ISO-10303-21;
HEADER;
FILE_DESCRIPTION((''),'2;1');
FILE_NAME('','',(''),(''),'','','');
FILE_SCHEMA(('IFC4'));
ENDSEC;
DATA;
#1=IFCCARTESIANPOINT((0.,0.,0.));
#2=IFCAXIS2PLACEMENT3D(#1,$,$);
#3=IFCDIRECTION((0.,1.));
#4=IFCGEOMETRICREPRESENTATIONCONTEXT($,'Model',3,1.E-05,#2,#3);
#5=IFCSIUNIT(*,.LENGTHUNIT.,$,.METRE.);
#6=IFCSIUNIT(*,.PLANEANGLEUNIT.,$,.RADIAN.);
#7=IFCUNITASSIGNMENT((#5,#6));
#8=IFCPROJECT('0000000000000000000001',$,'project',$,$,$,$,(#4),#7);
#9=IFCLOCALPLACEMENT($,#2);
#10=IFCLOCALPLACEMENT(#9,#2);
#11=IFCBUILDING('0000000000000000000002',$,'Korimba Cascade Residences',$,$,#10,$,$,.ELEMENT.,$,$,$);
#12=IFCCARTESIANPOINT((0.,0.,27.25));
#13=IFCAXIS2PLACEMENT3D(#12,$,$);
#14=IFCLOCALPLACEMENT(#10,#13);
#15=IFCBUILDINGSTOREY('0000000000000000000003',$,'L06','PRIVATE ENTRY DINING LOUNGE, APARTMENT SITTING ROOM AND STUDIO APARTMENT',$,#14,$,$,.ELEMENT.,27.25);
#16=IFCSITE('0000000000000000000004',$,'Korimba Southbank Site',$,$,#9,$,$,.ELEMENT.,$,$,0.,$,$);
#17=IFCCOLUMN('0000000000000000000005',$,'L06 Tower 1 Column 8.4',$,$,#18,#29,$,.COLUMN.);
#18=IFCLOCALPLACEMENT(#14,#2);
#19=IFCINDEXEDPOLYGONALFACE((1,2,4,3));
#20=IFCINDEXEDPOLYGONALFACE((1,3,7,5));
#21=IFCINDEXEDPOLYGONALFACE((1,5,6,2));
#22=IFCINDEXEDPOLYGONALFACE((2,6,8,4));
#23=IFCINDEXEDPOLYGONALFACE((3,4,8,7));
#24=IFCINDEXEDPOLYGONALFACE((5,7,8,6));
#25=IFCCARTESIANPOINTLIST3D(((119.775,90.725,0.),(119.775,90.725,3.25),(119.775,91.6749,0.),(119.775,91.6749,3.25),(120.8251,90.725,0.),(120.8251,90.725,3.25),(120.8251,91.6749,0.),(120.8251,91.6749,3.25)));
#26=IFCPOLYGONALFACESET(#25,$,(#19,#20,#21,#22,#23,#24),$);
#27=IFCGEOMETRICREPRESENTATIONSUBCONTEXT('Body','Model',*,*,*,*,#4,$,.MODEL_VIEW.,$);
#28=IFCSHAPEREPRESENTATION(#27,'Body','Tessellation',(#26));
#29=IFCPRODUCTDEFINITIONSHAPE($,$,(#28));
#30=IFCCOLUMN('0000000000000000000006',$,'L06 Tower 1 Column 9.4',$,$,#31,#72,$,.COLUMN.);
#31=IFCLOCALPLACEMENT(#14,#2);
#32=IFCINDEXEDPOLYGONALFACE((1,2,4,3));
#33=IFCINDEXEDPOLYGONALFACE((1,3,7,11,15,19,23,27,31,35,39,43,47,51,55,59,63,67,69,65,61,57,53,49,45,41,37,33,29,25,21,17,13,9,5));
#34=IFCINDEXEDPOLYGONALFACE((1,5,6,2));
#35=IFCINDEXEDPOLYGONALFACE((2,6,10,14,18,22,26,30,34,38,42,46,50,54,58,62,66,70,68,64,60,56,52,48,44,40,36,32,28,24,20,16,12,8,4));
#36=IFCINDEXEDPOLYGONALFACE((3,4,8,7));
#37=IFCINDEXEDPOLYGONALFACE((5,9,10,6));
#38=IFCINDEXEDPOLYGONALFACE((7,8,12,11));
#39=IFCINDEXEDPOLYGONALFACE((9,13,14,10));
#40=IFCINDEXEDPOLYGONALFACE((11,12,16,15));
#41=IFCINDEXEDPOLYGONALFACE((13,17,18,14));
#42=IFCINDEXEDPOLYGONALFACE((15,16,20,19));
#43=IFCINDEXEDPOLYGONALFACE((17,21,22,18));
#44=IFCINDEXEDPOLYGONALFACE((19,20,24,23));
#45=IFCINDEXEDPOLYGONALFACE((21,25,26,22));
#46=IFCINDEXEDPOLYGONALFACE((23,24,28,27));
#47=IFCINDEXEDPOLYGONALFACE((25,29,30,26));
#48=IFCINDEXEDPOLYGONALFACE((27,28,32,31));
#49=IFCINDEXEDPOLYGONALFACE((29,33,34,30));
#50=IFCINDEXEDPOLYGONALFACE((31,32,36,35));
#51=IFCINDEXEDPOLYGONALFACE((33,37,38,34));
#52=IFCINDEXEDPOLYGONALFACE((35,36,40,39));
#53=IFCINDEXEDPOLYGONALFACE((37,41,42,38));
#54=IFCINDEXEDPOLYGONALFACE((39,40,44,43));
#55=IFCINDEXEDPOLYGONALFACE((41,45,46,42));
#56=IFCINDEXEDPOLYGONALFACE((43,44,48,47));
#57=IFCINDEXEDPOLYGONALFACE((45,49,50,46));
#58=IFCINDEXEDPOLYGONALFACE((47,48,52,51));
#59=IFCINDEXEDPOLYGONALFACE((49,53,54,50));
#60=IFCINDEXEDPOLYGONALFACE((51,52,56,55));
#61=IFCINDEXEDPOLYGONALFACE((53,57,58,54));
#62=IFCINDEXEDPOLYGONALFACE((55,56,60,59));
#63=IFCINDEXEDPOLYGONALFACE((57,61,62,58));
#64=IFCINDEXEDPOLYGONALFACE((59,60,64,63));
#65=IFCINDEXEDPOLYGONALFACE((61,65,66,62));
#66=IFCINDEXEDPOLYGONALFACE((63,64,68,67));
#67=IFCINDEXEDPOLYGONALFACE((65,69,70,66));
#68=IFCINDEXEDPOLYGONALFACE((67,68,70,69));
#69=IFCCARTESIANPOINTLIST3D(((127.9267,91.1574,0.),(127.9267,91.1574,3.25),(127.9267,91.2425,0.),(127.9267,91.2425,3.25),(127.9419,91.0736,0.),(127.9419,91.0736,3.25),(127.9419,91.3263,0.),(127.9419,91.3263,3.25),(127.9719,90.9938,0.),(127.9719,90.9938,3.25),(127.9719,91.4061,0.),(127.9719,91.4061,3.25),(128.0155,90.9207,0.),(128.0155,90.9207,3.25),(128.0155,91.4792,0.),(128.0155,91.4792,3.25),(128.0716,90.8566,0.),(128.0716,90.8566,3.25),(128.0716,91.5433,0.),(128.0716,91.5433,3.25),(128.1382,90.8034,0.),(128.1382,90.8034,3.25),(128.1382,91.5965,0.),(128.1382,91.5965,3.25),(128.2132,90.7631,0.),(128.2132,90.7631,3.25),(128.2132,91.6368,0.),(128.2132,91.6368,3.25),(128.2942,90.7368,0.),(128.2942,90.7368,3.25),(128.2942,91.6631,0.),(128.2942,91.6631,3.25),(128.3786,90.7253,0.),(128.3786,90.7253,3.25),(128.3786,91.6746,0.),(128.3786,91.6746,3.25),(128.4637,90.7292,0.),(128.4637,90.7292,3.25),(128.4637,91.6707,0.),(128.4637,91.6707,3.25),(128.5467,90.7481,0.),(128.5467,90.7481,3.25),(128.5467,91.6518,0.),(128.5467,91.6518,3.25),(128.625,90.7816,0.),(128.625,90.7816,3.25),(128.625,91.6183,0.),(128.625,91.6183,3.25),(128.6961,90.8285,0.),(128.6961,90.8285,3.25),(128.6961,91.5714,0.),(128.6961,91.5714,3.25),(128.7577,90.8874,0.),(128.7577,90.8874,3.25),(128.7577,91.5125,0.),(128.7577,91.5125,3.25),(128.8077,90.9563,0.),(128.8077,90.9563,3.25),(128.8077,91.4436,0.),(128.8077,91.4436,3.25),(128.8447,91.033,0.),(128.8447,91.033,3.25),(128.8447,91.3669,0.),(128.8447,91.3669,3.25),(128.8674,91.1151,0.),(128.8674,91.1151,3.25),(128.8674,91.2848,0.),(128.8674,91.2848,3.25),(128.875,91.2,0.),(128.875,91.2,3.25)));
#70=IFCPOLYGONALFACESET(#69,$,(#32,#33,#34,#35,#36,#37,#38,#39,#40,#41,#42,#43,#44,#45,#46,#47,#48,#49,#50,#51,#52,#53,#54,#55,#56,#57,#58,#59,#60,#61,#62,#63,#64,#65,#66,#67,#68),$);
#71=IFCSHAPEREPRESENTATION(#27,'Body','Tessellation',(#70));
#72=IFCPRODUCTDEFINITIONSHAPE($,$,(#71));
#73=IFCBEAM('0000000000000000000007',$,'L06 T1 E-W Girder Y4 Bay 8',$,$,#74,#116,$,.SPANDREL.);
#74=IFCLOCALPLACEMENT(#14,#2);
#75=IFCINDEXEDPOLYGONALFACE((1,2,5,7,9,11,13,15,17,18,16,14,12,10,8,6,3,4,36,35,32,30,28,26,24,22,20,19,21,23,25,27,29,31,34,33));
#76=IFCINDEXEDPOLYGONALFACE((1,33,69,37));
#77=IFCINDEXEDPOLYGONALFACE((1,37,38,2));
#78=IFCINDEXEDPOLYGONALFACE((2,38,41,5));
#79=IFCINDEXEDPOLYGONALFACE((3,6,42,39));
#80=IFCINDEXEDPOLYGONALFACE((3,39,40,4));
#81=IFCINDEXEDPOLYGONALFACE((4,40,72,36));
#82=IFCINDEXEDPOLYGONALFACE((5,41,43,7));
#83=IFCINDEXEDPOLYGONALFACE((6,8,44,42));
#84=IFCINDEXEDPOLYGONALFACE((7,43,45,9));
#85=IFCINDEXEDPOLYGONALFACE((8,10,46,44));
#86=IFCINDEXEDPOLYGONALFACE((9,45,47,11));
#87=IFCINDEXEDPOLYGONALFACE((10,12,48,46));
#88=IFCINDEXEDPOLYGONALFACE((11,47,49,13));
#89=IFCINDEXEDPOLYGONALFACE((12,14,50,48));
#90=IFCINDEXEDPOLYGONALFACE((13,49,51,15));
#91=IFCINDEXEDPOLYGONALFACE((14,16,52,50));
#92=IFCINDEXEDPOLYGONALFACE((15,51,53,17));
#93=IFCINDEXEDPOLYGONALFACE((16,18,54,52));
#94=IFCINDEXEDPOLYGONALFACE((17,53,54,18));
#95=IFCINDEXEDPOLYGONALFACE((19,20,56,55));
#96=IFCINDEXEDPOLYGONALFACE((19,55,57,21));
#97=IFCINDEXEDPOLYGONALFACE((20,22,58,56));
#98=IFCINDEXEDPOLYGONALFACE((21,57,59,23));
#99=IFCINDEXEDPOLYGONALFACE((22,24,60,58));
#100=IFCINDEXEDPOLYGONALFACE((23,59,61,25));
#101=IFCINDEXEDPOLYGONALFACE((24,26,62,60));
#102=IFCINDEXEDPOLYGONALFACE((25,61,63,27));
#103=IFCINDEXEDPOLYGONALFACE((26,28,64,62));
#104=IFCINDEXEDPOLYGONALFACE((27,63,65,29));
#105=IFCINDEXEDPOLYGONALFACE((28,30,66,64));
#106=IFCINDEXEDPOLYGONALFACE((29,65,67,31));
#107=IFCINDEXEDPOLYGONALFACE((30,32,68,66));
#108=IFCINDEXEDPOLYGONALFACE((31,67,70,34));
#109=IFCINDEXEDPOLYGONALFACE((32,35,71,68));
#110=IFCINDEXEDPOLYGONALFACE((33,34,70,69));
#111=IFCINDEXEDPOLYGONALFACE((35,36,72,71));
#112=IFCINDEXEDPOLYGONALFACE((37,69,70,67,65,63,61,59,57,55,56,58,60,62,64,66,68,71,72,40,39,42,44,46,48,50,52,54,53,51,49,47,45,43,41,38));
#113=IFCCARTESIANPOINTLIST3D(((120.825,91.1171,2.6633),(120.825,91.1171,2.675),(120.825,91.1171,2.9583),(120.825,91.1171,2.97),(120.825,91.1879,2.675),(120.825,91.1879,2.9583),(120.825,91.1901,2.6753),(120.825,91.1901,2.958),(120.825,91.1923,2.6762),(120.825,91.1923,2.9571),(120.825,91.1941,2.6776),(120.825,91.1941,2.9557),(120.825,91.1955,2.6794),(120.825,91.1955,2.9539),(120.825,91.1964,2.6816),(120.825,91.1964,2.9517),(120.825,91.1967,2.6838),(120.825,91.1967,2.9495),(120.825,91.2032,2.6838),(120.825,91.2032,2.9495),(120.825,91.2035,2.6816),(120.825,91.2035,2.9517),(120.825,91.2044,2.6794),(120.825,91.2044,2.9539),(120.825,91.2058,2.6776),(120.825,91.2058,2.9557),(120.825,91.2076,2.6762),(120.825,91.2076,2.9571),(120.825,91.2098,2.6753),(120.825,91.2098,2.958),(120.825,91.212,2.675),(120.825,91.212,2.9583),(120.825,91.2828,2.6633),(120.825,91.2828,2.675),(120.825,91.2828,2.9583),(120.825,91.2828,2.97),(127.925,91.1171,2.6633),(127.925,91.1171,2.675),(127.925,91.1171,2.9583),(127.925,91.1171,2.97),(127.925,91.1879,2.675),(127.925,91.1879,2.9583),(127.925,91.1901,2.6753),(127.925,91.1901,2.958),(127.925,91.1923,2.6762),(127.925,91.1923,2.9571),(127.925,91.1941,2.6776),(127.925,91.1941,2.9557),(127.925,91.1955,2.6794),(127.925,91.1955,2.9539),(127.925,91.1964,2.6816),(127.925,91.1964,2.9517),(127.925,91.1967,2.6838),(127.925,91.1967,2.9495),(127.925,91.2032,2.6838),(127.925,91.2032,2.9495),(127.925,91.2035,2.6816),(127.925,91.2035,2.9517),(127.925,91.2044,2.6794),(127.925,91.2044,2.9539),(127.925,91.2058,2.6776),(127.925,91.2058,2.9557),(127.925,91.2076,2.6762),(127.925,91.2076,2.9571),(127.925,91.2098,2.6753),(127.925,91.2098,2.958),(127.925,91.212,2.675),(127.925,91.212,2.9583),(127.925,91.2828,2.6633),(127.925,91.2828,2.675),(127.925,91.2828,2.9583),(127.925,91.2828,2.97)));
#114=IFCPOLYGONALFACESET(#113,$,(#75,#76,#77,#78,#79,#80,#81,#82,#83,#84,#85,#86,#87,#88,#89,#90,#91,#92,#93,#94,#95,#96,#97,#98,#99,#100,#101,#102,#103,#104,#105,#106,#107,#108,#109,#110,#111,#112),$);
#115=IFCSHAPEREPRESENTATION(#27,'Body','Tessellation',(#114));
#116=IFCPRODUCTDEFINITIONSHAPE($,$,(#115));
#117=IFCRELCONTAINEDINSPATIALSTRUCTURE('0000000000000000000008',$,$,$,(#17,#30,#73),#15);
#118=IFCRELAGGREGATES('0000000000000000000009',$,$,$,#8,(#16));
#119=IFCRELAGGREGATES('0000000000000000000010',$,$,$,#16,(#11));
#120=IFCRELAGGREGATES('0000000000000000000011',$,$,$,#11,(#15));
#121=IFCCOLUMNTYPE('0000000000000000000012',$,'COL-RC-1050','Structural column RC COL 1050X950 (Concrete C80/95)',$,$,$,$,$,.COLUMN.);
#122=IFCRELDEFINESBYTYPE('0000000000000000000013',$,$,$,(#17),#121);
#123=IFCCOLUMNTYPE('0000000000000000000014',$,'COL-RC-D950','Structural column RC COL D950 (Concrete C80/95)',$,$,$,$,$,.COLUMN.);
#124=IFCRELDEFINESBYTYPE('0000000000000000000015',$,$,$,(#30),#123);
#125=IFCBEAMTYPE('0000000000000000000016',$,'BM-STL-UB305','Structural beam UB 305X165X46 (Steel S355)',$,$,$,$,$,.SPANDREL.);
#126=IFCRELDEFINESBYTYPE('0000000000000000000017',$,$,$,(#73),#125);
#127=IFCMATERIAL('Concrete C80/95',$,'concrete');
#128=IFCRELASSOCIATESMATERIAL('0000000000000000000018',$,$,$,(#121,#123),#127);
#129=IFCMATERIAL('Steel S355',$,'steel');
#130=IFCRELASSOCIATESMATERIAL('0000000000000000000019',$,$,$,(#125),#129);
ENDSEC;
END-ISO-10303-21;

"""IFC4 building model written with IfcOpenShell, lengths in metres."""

from ifc_helpers import new_model, si_unit, direction, frame, origin, origin_2d, place, context, subcontext, project, spatial, rectangle, circle, i_section, extrude, material, material_profile, profile_set, type_object, element, save


model = new_model("IFC4")

# Units and contexts
model_context = context("Model", 3, precision=1e-05, world=origin(), true_north=direction((0.0, 1.0)))
body_context = subcontext(model_context, "Body", "Model", "MODEL_VIEW")
ifc_project = project(units=[si_unit("LENGTHUNIT", "METRE"), si_unit("PLANEANGLEUNIT", "RADIAN")], contexts=[model_context])

# Site, building, storey
site_placement = place(None, origin())
site = spatial("IfcSite", under=ifc_project, at=site_placement, Name="Korimba Southbank Site", CompositionType="ELEMENT", RefElevation=0.0)
building_placement = place(site_placement, origin())
building = spatial("IfcBuilding", under=site, at=building_placement, Name="Korimba Cascade Residences", CompositionType="ELEMENT")
storey_placement = place(building_placement, frame((0.0, 0.0, 27.25)))
storey = spatial("IfcBuildingStorey", under=building, at=storey_placement, Name="L06", Description="PRIVATE ENTRY DINING LOUNGE, APARTMENT SITTING ROOM AND STUDIO APARTMENT", CompositionType="ELEMENT", Elevation=27.25)

# Columns
ifc_material_1 = material(Name="Concrete C80/95", Category="concrete")
ifc_material_profile_1 = material_profile(ifc_material_1, rectangle(XDim=1.05, YDim=0.95, at=origin_2d()), Name="Concrete C80/95")
ifc_profile_set_1 = profile_set([ifc_material_profile_1], Name="Concrete C80/95")
column_type_1 = type_object("IfcColumnType", Name="COL-RC-1050", Description="Structural column RC COL 1050X950 (Concrete C80/95)", PredefinedType="COLUMN", material=ifc_profile_set_1)
column_1_placement = place(storey_placement, frame((120.3, 91.2, 0.0), z_axis=(0.0, 0.0, 1.0), x_axis=(1.0, 0.0, 0.0)))
element("IfcColumn", 1, at=column_1_placement, inside=storey, type_object=column_type_1, Name="L06 Tower 1 Column 8.4", PredefinedType="COLUMN", context=body_context, shape_type="SweptSolid", body=[
    extrude(rectangle(XDim=1.05, YDim=0.95, at=origin_2d()), origin(), (0.0, 0.0, 1.0), 3.25),
])
ifc_material_profile_2 = material_profile(ifc_material_1, circle(Radius=0.4751, at=origin_2d()), Name="Concrete C80/95")
ifc_profile_set_2 = profile_set([ifc_material_profile_2], Name="Concrete C80/95")
column_type_2 = type_object("IfcColumnType", Name="COL-RC-D950", Description="Structural column RC COL D950 (Concrete C80/95)", PredefinedType="COLUMN", material=ifc_profile_set_2)
column_2_placement = place(storey_placement, frame((128.3999, 91.2, 0.0), z_axis=(0.0, 0.0, 1.0), x_axis=(1.0, 0.0, 0.0)))
element("IfcColumn", 2, at=column_2_placement, inside=storey, type_object=column_type_2, Name="L06 Tower 1 Column 9.4", PredefinedType="COLUMN", context=body_context, shape_type="SweptSolid", body=[
    extrude(circle(Radius=0.4751, at=origin_2d()), origin(), (0.0, 0.0, 1.0), 3.25),
])

# Beam
ifc_material_2 = material(Name="Steel S355", Category="steel")
ifc_material_profile_3 = material_profile(ifc_material_2, i_section(OverallWidth=0.1658, OverallDepth=0.3066, WebThickness=0.0066, FlangeThickness=0.0117, FilletRadius=0.0088, at=origin_2d()), Name="Steel S355")
ifc_profile_set_3 = profile_set([ifc_material_profile_3], Name="Steel S355")
beam_type = type_object("IfcBeamType", Name="BM-STL-UB305", Description="Structural beam UB 305X165X46 (Steel S355)", PredefinedType="SPANDREL", material=ifc_profile_set_3)
beam_placement = place(storey_placement, frame((120.825, 91.2, 2.8167), z_axis=(1.0, 0.0, 0.0), x_axis=(0.0, 1.0, 0.0)))
element("IfcBeam", 3, at=beam_placement, inside=storey, type_object=beam_type, Name="L06 T1 E-W Girder Y4 Bay 8", PredefinedType="SPANDREL", context=body_context, shape_type="SweptSolid", body=[
    extrude(i_section(OverallWidth=0.1658, OverallDepth=0.3066, WebThickness=0.0066, FlangeThickness=0.0117, FilletRadius=0.0088, at=origin_2d()), origin(), (0.0, 0.0, 1.0), 7.1001),
])

save(model, "model.ifc")
